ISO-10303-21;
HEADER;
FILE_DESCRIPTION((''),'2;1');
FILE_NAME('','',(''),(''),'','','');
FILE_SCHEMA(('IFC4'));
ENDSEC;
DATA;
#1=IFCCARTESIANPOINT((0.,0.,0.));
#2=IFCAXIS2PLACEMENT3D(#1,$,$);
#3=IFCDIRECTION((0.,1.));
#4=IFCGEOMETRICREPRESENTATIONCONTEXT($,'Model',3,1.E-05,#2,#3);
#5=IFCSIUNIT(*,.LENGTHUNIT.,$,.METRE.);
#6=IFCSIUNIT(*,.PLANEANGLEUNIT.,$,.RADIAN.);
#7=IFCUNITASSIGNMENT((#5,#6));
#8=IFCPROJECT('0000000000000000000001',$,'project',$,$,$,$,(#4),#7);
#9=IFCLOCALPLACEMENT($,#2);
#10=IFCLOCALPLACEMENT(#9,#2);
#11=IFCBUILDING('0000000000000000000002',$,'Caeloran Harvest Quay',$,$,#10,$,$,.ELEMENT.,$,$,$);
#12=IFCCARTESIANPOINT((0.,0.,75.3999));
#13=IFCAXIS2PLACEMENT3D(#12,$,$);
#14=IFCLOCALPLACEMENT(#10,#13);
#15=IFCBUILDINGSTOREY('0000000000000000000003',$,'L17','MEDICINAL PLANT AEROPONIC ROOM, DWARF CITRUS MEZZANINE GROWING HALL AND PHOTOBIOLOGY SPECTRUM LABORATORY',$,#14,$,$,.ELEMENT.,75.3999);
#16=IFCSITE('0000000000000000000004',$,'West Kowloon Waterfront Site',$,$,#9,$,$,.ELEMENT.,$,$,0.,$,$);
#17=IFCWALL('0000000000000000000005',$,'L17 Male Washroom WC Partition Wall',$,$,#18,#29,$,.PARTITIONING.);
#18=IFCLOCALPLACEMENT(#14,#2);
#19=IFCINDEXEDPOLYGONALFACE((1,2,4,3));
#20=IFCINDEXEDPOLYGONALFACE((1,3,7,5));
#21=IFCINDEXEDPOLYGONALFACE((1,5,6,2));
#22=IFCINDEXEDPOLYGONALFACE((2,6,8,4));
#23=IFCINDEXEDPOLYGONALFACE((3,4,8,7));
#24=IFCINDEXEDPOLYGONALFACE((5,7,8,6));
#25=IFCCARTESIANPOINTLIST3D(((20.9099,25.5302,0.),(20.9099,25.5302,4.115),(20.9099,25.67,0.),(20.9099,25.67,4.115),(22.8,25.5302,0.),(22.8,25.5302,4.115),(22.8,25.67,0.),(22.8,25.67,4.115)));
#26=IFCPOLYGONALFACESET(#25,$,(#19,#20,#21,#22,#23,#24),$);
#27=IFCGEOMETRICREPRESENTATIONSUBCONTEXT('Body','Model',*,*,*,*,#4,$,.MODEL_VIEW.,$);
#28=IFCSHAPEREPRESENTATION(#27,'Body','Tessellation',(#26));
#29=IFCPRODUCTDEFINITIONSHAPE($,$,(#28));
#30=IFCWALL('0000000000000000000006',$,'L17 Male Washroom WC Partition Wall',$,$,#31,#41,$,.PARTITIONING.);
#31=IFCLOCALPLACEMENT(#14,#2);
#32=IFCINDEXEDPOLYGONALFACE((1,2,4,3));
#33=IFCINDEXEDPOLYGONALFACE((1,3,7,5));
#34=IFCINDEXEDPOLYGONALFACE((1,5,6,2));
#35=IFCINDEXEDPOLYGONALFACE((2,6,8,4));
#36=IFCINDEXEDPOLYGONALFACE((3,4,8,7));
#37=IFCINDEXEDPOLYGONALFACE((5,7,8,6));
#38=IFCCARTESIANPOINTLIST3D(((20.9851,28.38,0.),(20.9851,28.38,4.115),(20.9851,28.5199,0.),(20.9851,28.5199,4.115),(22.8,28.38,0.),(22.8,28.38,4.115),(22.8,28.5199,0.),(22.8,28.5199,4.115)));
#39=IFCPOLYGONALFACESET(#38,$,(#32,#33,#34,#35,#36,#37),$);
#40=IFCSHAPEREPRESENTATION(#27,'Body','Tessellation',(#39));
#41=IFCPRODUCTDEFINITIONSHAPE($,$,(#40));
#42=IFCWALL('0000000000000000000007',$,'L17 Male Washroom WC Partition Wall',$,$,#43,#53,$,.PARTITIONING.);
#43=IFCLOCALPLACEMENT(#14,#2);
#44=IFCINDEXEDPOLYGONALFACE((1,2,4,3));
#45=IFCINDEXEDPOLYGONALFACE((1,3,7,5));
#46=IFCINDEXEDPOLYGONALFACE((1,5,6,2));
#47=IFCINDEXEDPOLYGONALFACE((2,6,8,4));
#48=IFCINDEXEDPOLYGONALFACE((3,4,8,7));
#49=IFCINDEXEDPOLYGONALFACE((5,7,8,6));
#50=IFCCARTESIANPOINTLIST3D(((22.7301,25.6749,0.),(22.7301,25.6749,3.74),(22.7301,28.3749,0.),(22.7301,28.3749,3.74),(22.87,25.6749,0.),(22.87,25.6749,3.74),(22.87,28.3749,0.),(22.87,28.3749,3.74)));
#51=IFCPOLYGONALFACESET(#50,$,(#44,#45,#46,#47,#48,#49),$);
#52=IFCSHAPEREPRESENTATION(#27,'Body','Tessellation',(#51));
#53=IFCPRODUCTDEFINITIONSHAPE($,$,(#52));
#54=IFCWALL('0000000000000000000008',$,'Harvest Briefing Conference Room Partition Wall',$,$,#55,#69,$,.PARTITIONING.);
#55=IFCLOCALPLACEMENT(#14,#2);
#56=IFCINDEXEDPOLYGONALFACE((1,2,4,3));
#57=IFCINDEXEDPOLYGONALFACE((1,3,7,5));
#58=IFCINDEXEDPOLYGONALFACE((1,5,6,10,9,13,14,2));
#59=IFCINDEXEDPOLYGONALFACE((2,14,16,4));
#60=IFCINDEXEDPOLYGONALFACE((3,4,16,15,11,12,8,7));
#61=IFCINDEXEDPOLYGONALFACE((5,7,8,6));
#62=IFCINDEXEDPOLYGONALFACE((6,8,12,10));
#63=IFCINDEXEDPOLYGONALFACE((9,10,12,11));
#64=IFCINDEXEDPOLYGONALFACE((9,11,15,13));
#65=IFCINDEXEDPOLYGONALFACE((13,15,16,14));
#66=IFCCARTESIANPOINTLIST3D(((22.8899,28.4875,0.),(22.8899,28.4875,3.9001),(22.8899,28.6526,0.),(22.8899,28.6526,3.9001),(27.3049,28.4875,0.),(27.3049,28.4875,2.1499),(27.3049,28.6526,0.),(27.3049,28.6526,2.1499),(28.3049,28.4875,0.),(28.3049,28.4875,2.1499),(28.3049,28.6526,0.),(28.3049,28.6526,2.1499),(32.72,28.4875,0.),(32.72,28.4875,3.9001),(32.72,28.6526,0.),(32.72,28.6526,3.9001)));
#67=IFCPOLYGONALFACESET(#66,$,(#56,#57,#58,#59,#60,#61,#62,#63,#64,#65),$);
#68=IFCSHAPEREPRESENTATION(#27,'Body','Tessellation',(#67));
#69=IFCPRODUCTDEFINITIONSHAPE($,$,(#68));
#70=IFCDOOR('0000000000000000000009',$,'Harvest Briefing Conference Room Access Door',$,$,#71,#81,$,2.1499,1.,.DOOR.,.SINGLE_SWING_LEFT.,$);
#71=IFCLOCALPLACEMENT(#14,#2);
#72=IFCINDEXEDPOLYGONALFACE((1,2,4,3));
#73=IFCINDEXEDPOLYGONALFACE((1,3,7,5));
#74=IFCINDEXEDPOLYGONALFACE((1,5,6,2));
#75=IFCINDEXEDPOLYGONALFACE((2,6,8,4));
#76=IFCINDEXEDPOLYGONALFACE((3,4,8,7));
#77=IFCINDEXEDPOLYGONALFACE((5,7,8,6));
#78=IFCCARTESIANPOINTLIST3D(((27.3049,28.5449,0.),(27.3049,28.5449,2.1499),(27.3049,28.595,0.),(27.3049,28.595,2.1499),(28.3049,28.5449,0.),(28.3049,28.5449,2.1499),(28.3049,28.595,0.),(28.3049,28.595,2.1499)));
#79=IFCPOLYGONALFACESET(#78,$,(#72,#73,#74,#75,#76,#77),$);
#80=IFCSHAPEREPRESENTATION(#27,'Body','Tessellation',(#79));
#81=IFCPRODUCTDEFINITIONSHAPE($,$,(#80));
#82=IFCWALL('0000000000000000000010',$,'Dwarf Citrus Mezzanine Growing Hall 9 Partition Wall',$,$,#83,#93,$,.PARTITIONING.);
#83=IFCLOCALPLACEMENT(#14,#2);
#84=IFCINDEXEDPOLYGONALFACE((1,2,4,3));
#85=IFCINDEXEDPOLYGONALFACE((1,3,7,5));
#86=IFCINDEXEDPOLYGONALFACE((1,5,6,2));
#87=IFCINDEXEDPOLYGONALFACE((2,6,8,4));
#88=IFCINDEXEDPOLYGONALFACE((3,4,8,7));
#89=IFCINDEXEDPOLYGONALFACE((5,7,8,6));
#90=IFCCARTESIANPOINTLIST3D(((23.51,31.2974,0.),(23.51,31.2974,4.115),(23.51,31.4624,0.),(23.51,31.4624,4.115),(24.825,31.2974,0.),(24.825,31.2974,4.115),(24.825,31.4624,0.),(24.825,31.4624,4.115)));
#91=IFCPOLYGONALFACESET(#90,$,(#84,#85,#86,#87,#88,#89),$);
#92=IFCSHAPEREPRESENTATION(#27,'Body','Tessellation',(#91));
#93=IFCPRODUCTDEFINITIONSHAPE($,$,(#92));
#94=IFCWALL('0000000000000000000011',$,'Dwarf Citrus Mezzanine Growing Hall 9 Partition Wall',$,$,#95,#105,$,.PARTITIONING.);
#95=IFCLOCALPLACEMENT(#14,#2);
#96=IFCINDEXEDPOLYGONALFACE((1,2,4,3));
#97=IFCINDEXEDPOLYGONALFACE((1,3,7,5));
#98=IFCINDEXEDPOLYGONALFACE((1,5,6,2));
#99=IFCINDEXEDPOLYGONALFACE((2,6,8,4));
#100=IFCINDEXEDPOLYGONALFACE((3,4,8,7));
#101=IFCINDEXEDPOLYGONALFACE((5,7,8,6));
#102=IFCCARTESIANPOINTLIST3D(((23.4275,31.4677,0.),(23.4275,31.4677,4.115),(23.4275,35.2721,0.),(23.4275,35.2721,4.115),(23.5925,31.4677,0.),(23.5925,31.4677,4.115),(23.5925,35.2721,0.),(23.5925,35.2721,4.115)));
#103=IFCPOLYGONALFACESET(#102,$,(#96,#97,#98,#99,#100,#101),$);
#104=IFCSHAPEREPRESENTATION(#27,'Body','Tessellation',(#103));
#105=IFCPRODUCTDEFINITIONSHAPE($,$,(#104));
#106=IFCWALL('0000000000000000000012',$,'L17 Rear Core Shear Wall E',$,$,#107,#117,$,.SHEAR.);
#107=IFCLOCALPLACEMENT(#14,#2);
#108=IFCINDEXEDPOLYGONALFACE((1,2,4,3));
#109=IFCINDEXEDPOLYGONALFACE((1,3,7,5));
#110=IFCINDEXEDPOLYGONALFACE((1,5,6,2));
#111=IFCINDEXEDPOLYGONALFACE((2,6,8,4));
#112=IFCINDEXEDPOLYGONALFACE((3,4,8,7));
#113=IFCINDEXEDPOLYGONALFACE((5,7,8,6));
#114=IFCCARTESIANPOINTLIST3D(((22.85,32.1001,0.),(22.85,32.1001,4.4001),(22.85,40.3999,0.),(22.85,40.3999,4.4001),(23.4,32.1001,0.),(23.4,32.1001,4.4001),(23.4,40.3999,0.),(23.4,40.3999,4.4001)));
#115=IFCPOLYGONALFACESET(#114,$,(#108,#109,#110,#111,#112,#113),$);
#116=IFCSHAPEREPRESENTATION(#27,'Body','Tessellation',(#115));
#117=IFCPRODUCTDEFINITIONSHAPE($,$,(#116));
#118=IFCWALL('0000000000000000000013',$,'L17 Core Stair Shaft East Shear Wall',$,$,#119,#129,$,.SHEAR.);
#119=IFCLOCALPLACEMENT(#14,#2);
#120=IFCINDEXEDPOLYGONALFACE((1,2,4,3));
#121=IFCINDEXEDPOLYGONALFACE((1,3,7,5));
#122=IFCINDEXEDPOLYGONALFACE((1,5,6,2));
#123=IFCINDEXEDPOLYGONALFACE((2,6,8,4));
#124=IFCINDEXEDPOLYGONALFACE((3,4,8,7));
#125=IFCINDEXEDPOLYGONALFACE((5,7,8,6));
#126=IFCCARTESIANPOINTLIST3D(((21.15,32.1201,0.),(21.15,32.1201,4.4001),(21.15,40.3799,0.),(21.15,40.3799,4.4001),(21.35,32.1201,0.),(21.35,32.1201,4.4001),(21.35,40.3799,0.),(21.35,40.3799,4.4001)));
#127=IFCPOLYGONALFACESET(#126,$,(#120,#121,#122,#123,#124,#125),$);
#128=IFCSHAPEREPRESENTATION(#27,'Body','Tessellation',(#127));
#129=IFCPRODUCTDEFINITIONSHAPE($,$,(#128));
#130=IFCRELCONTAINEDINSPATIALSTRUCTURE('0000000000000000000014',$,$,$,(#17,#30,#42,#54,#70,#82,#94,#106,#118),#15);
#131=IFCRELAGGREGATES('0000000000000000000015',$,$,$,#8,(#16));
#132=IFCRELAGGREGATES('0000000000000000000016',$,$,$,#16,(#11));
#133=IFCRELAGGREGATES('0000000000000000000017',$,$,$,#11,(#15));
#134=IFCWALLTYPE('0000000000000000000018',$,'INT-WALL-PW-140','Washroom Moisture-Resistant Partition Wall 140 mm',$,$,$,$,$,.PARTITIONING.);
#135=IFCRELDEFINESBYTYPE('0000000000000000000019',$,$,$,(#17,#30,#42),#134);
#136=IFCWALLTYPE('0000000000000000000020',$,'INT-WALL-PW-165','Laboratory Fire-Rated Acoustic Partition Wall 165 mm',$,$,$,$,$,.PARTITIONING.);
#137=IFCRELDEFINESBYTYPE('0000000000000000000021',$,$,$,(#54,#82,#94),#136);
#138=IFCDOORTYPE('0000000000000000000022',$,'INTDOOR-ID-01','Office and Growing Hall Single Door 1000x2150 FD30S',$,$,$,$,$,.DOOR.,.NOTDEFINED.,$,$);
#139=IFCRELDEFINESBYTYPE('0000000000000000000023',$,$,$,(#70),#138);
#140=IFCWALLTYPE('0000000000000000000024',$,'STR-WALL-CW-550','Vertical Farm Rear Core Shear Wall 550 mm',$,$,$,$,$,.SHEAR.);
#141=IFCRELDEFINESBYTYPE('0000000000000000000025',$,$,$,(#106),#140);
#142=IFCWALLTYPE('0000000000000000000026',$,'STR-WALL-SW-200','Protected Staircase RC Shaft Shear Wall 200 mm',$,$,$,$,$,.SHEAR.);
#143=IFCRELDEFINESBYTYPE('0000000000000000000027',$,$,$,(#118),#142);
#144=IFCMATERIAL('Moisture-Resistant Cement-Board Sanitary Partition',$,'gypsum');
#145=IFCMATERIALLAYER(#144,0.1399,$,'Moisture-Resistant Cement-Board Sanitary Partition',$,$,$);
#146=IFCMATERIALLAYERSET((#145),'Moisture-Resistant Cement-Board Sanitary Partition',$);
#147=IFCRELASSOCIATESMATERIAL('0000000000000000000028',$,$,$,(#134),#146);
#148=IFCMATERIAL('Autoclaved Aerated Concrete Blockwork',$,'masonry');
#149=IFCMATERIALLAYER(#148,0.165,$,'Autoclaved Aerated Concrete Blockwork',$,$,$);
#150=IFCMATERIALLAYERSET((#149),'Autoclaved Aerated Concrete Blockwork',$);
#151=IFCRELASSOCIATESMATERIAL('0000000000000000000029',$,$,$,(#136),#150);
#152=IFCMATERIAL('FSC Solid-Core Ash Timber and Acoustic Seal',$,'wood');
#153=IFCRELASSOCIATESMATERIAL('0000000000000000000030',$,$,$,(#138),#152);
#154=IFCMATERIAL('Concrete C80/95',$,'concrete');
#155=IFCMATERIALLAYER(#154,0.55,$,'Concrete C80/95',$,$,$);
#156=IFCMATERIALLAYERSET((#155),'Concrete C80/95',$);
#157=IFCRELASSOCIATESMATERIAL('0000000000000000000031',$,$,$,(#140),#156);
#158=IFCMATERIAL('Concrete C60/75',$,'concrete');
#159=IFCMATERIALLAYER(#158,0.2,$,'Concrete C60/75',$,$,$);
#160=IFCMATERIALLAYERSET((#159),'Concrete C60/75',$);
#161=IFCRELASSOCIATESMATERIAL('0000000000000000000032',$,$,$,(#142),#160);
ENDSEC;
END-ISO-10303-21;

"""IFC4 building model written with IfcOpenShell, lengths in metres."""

from ifc_helpers import new_model, si_unit, direction, frame, frame_2d, origin, place, context, subcontext, project, spatial, rectangle, extrude, material, layer, layer_set, type_object, element, fill, save


model = new_model("IFC4")

# Units and contexts
model_context = context("Model", 3, precision=1e-05, world=origin(), true_north=direction((0.0, 1.0)))
body_context = subcontext(model_context, "Body", "Model", "MODEL_VIEW")
ifc_project = project(units=[si_unit("LENGTHUNIT", "METRE"), si_unit("PLANEANGLEUNIT", "RADIAN")], contexts=[model_context])

# Site, building, storey
site_placement = place(None, origin())
site = spatial("IfcSite", under=ifc_project, at=site_placement, Name="West Kowloon Waterfront Site", CompositionType="ELEMENT", RefElevation=0.0)
building_placement = place(site_placement, origin())
building = spatial("IfcBuilding", under=site, at=building_placement, Name="Caeloran Harvest Quay", CompositionType="ELEMENT")
storey_placement = place(building_placement, frame((0.0, 0.0, 75.3999)))
storey = spatial("IfcBuildingStorey", under=building, at=storey_placement, Name="L17", Description="MEDICINAL PLANT AEROPONIC ROOM, DWARF CITRUS MEZZANINE GROWING HALL AND PHOTOBIOLOGY SPECTRUM LABORATORY", CompositionType="ELEMENT", Elevation=75.3999)

# Shared definitions
ifc_material_1 = material(Name="Concrete C80/95", Category="concrete")

# Wall
ifc_material_2 = material(Name="Moisture-Resistant Cement-Board Sanitary Partition", Category="gypsum")
ifc_layer_1 = layer(ifc_material_2, 0.1399, Name="Moisture-Resistant Cement-Board Sanitary Partition")
ifc_layer_set_1 = layer_set([ifc_layer_1], Name="Moisture-Resistant Cement-Board Sanitary Partition")
wall_type_1 = type_object("IfcWallType", Name="INT-WALL-PW-140", Description="Washroom Moisture-Resistant Partition Wall 140 mm", PredefinedType="PARTITIONING", material=ifc_layer_set_1)
wall_1_placement = place(storey_placement, frame((22.8, 25.6001, 0.0), z_axis=(0.0, 0.0, 1.0), x_axis=(-1.0, 0.0, 0.0)))
element("IfcWall", 1, at=wall_1_placement, inside=storey, type_object=wall_type_1, Name="L17 Male Washroom WC Partition Wall", PredefinedType="PARTITIONING", context=body_context, shape_type="SweptSolid", body=[
    extrude(rectangle(XDim=1.8901, YDim=0.1399, at=frame_2d((0.9451, 0.0))), origin(), (0.0, 0.0, 1.0), 4.115),
])

# Walls
wall_2_placement = place(storey_placement, frame((20.9851, 28.45, 0.0), z_axis=(0.0, 0.0, 1.0), x_axis=(1.0, 0.0, 0.0)))
element("IfcWall", 2, at=wall_2_placement, inside=storey, type_object=wall_type_1, Name="L17 Male Washroom WC Partition Wall", PredefinedType="PARTITIONING", context=body_context, shape_type="SweptSolid", body=[
    extrude(rectangle(XDim=1.8149, YDim=0.1399, at=frame_2d((0.9075, 0.0))), origin(), (0.0, 0.0, 1.0), 4.115),
])
wall_3_placement = place(storey_placement, frame((22.8, 28.375, 0.0), z_axis=(0.0, 0.0, 1.0), x_axis=(0.0, -1.0, 0.0)))
element("IfcWall", 3, at=wall_3_placement, inside=storey, type_object=wall_type_1, Name="L17 Male Washroom WC Partition Wall", PredefinedType="PARTITIONING", context=body_context, shape_type="SweptSolid", body=[
    extrude(rectangle(XDim=2.7, YDim=0.1399, at=frame_2d((1.3501, 0.0))), origin(), (0.0, 0.0, 1.0), 3.74),
])

# Wall, opening, door
ifc_material_3 = material(Name="Autoclaved Aerated Concrete Blockwork", Category="masonry")
ifc_layer_2 = layer(ifc_material_3, 0.165, Name="Autoclaved Aerated Concrete Blockwork")
ifc_layer_set_2 = layer_set([ifc_layer_2], Name="Autoclaved Aerated Concrete Blockwork")
wall_type_2 = type_object("IfcWallType", Name="INT-WALL-PW-165", Description="Laboratory Fire-Rated Acoustic Partition Wall 165 mm", PredefinedType="PARTITIONING", material=ifc_layer_set_2)
wall_4_placement = place(storey_placement, frame((22.8899, 28.5701, 0.0), z_axis=(0.0, 0.0, 1.0), x_axis=(1.0, 0.0, 0.0)))
wall_4 = element("IfcWall", 4, at=wall_4_placement, inside=storey, type_object=wall_type_2, Name="Harvest Briefing Conference Room Partition Wall", PredefinedType="PARTITIONING", context=body_context, shape_type="SweptSolid", body=[
    extrude(rectangle(XDim=9.8301, YDim=0.165, at=frame_2d((4.915, 0.0))), origin(), (0.0, 0.0, 1.0), 3.9001),
])
opening_1_placement = place(wall_4_placement, frame((4.415, 0.0, 0.0)))
opening_1 = element("IfcOpeningElement", 5, at=opening_1_placement, cuts=wall_4, PredefinedType="OPENING", context=body_context, shape_type="SweptSolid", body=[
    extrude(rectangle(XDim=1.0, YDim=2.1499, at=frame_2d((0.5, 1.075))), frame((0.0, 0.0925, 0.0), z_axis=(0.0, -1.0, 0.0), x_axis=(1.0, 0.0, 0.0)), (0.0, 0.0, 1.0), 0.1851),
])
ifc_material_4 = material(Name="FSC Solid-Core Ash Timber and Acoustic Seal", Category="wood")
door_type_1 = type_object("IfcDoorType", Name="INTDOOR-ID-01", Description="Office and Growing Hall Single Door 1000x2150 FD30S", OperationType="NOTDEFINED", PredefinedType="DOOR", material=ifc_material_4)
door_1_placement = place(opening_1_placement, origin())
door_1 = element("IfcDoor", 6, at=door_1_placement, inside=storey, type_object=door_type_1, Name="Harvest Briefing Conference Room Access Door", OperationType="SINGLE_SWING_LEFT", OverallHeight=2.1499, OverallWidth=1.0, PredefinedType="DOOR", context=body_context, shape_type="SweptSolid", body=[
    extrude(rectangle(XDim=1.0, YDim=2.1499, at=frame_2d((0.5, 1.075))), frame((0.0, 0.0249, 0.0), z_axis=(0.0, -1.0, 0.0), x_axis=(1.0, 0.0, 0.0)), (0.0, 0.0, 1.0), 0.05),
])
fill(opening_1, door_1)

# Walls
wall_5_placement = place(storey_placement, frame((24.825, 31.3799, 0.0), z_axis=(0.0, 0.0, 1.0), x_axis=(-1.0, 0.0, 0.0)))
element("IfcWall", 7, at=wall_5_placement, inside=storey, type_object=wall_type_2, Name="Dwarf Citrus Mezzanine Growing Hall 9 Partition Wall", PredefinedType="PARTITIONING", context=body_context, shape_type="SweptSolid", body=[
    extrude(rectangle(XDim=1.3149, YDim=0.165, at=frame_2d((0.6575, 0.0))), origin(), (0.0, 0.0, 1.0), 4.115),
])
wall_6_placement = place(storey_placement, frame((23.51, 31.4675, 0.0), z_axis=(0.0, 0.0, 1.0), x_axis=(0.0, 1.0, 0.0)))
element("IfcWall", 8, at=wall_6_placement, inside=storey, type_object=wall_type_2, Name="Dwarf Citrus Mezzanine Growing Hall 9 Partition Wall", PredefinedType="PARTITIONING", context=body_context, shape_type="SweptSolid", body=[
    extrude(rectangle(XDim=3.8044, YDim=0.165, at=frame_2d((1.9023, 0.0))), origin(), (0.0, 0.0, 1.0), 4.115),
])
ifc_layer_3 = layer(ifc_material_1, 0.55, Name="Concrete C80/95")
ifc_layer_set_3 = layer_set([ifc_layer_3], Name="Concrete C80/95")
wall_type_3 = type_object("IfcWallType", Name="STR-WALL-CW-550", Description="Vertical Farm Rear Core Shear Wall 550 mm", PredefinedType="SHEAR", material=ifc_layer_set_3)
wall_7_placement = place(storey_placement, frame((23.125, 32.1001, 0.0), z_axis=(0.0, 0.0, 1.0), x_axis=(0.0, 1.0, 0.0)))
element("IfcWall", 9, at=wall_7_placement, inside=storey, type_object=wall_type_3, Name="L17 Rear Core Shear Wall E", PredefinedType="SHEAR", context=body_context, shape_type="SweptSolid", body=[
    extrude(rectangle(XDim=8.2998, YDim=0.55, at=frame_2d((4.1499, 0.0))), origin(), (0.0, 0.0, 1.0), 4.4001),
])
ifc_material_5 = material(Name="Concrete C60/75", Category="concrete")
ifc_layer_4 = layer(ifc_material_5, 0.2, Name="Concrete C60/75")
ifc_layer_set_4 = layer_set([ifc_layer_4], Name="Concrete C60/75")
wall_type_4 = type_object("IfcWallType", Name="STR-WALL-SW-200", Description="Protected Staircase RC Shaft Shear Wall 200 mm", PredefinedType="SHEAR", material=ifc_layer_set_4)
wall_8_placement = place(storey_placement, frame((21.25, 32.1201, 0.0), z_axis=(0.0, 0.0, 1.0), x_axis=(0.0, 1.0, 0.0)))
element("IfcWall", 10, at=wall_8_placement, inside=storey, type_object=wall_type_4, Name="L17 Core Stair Shaft East Shear Wall", PredefinedType="SHEAR", context=body_context, shape_type="SweptSolid", body=[
    extrude(rectangle(XDim=8.2598, YDim=0.2, at=frame_2d((4.1299, 0.0))), origin(), (0.0, 0.0, 1.0), 4.4001),
])

save(model, "model.ifc")
